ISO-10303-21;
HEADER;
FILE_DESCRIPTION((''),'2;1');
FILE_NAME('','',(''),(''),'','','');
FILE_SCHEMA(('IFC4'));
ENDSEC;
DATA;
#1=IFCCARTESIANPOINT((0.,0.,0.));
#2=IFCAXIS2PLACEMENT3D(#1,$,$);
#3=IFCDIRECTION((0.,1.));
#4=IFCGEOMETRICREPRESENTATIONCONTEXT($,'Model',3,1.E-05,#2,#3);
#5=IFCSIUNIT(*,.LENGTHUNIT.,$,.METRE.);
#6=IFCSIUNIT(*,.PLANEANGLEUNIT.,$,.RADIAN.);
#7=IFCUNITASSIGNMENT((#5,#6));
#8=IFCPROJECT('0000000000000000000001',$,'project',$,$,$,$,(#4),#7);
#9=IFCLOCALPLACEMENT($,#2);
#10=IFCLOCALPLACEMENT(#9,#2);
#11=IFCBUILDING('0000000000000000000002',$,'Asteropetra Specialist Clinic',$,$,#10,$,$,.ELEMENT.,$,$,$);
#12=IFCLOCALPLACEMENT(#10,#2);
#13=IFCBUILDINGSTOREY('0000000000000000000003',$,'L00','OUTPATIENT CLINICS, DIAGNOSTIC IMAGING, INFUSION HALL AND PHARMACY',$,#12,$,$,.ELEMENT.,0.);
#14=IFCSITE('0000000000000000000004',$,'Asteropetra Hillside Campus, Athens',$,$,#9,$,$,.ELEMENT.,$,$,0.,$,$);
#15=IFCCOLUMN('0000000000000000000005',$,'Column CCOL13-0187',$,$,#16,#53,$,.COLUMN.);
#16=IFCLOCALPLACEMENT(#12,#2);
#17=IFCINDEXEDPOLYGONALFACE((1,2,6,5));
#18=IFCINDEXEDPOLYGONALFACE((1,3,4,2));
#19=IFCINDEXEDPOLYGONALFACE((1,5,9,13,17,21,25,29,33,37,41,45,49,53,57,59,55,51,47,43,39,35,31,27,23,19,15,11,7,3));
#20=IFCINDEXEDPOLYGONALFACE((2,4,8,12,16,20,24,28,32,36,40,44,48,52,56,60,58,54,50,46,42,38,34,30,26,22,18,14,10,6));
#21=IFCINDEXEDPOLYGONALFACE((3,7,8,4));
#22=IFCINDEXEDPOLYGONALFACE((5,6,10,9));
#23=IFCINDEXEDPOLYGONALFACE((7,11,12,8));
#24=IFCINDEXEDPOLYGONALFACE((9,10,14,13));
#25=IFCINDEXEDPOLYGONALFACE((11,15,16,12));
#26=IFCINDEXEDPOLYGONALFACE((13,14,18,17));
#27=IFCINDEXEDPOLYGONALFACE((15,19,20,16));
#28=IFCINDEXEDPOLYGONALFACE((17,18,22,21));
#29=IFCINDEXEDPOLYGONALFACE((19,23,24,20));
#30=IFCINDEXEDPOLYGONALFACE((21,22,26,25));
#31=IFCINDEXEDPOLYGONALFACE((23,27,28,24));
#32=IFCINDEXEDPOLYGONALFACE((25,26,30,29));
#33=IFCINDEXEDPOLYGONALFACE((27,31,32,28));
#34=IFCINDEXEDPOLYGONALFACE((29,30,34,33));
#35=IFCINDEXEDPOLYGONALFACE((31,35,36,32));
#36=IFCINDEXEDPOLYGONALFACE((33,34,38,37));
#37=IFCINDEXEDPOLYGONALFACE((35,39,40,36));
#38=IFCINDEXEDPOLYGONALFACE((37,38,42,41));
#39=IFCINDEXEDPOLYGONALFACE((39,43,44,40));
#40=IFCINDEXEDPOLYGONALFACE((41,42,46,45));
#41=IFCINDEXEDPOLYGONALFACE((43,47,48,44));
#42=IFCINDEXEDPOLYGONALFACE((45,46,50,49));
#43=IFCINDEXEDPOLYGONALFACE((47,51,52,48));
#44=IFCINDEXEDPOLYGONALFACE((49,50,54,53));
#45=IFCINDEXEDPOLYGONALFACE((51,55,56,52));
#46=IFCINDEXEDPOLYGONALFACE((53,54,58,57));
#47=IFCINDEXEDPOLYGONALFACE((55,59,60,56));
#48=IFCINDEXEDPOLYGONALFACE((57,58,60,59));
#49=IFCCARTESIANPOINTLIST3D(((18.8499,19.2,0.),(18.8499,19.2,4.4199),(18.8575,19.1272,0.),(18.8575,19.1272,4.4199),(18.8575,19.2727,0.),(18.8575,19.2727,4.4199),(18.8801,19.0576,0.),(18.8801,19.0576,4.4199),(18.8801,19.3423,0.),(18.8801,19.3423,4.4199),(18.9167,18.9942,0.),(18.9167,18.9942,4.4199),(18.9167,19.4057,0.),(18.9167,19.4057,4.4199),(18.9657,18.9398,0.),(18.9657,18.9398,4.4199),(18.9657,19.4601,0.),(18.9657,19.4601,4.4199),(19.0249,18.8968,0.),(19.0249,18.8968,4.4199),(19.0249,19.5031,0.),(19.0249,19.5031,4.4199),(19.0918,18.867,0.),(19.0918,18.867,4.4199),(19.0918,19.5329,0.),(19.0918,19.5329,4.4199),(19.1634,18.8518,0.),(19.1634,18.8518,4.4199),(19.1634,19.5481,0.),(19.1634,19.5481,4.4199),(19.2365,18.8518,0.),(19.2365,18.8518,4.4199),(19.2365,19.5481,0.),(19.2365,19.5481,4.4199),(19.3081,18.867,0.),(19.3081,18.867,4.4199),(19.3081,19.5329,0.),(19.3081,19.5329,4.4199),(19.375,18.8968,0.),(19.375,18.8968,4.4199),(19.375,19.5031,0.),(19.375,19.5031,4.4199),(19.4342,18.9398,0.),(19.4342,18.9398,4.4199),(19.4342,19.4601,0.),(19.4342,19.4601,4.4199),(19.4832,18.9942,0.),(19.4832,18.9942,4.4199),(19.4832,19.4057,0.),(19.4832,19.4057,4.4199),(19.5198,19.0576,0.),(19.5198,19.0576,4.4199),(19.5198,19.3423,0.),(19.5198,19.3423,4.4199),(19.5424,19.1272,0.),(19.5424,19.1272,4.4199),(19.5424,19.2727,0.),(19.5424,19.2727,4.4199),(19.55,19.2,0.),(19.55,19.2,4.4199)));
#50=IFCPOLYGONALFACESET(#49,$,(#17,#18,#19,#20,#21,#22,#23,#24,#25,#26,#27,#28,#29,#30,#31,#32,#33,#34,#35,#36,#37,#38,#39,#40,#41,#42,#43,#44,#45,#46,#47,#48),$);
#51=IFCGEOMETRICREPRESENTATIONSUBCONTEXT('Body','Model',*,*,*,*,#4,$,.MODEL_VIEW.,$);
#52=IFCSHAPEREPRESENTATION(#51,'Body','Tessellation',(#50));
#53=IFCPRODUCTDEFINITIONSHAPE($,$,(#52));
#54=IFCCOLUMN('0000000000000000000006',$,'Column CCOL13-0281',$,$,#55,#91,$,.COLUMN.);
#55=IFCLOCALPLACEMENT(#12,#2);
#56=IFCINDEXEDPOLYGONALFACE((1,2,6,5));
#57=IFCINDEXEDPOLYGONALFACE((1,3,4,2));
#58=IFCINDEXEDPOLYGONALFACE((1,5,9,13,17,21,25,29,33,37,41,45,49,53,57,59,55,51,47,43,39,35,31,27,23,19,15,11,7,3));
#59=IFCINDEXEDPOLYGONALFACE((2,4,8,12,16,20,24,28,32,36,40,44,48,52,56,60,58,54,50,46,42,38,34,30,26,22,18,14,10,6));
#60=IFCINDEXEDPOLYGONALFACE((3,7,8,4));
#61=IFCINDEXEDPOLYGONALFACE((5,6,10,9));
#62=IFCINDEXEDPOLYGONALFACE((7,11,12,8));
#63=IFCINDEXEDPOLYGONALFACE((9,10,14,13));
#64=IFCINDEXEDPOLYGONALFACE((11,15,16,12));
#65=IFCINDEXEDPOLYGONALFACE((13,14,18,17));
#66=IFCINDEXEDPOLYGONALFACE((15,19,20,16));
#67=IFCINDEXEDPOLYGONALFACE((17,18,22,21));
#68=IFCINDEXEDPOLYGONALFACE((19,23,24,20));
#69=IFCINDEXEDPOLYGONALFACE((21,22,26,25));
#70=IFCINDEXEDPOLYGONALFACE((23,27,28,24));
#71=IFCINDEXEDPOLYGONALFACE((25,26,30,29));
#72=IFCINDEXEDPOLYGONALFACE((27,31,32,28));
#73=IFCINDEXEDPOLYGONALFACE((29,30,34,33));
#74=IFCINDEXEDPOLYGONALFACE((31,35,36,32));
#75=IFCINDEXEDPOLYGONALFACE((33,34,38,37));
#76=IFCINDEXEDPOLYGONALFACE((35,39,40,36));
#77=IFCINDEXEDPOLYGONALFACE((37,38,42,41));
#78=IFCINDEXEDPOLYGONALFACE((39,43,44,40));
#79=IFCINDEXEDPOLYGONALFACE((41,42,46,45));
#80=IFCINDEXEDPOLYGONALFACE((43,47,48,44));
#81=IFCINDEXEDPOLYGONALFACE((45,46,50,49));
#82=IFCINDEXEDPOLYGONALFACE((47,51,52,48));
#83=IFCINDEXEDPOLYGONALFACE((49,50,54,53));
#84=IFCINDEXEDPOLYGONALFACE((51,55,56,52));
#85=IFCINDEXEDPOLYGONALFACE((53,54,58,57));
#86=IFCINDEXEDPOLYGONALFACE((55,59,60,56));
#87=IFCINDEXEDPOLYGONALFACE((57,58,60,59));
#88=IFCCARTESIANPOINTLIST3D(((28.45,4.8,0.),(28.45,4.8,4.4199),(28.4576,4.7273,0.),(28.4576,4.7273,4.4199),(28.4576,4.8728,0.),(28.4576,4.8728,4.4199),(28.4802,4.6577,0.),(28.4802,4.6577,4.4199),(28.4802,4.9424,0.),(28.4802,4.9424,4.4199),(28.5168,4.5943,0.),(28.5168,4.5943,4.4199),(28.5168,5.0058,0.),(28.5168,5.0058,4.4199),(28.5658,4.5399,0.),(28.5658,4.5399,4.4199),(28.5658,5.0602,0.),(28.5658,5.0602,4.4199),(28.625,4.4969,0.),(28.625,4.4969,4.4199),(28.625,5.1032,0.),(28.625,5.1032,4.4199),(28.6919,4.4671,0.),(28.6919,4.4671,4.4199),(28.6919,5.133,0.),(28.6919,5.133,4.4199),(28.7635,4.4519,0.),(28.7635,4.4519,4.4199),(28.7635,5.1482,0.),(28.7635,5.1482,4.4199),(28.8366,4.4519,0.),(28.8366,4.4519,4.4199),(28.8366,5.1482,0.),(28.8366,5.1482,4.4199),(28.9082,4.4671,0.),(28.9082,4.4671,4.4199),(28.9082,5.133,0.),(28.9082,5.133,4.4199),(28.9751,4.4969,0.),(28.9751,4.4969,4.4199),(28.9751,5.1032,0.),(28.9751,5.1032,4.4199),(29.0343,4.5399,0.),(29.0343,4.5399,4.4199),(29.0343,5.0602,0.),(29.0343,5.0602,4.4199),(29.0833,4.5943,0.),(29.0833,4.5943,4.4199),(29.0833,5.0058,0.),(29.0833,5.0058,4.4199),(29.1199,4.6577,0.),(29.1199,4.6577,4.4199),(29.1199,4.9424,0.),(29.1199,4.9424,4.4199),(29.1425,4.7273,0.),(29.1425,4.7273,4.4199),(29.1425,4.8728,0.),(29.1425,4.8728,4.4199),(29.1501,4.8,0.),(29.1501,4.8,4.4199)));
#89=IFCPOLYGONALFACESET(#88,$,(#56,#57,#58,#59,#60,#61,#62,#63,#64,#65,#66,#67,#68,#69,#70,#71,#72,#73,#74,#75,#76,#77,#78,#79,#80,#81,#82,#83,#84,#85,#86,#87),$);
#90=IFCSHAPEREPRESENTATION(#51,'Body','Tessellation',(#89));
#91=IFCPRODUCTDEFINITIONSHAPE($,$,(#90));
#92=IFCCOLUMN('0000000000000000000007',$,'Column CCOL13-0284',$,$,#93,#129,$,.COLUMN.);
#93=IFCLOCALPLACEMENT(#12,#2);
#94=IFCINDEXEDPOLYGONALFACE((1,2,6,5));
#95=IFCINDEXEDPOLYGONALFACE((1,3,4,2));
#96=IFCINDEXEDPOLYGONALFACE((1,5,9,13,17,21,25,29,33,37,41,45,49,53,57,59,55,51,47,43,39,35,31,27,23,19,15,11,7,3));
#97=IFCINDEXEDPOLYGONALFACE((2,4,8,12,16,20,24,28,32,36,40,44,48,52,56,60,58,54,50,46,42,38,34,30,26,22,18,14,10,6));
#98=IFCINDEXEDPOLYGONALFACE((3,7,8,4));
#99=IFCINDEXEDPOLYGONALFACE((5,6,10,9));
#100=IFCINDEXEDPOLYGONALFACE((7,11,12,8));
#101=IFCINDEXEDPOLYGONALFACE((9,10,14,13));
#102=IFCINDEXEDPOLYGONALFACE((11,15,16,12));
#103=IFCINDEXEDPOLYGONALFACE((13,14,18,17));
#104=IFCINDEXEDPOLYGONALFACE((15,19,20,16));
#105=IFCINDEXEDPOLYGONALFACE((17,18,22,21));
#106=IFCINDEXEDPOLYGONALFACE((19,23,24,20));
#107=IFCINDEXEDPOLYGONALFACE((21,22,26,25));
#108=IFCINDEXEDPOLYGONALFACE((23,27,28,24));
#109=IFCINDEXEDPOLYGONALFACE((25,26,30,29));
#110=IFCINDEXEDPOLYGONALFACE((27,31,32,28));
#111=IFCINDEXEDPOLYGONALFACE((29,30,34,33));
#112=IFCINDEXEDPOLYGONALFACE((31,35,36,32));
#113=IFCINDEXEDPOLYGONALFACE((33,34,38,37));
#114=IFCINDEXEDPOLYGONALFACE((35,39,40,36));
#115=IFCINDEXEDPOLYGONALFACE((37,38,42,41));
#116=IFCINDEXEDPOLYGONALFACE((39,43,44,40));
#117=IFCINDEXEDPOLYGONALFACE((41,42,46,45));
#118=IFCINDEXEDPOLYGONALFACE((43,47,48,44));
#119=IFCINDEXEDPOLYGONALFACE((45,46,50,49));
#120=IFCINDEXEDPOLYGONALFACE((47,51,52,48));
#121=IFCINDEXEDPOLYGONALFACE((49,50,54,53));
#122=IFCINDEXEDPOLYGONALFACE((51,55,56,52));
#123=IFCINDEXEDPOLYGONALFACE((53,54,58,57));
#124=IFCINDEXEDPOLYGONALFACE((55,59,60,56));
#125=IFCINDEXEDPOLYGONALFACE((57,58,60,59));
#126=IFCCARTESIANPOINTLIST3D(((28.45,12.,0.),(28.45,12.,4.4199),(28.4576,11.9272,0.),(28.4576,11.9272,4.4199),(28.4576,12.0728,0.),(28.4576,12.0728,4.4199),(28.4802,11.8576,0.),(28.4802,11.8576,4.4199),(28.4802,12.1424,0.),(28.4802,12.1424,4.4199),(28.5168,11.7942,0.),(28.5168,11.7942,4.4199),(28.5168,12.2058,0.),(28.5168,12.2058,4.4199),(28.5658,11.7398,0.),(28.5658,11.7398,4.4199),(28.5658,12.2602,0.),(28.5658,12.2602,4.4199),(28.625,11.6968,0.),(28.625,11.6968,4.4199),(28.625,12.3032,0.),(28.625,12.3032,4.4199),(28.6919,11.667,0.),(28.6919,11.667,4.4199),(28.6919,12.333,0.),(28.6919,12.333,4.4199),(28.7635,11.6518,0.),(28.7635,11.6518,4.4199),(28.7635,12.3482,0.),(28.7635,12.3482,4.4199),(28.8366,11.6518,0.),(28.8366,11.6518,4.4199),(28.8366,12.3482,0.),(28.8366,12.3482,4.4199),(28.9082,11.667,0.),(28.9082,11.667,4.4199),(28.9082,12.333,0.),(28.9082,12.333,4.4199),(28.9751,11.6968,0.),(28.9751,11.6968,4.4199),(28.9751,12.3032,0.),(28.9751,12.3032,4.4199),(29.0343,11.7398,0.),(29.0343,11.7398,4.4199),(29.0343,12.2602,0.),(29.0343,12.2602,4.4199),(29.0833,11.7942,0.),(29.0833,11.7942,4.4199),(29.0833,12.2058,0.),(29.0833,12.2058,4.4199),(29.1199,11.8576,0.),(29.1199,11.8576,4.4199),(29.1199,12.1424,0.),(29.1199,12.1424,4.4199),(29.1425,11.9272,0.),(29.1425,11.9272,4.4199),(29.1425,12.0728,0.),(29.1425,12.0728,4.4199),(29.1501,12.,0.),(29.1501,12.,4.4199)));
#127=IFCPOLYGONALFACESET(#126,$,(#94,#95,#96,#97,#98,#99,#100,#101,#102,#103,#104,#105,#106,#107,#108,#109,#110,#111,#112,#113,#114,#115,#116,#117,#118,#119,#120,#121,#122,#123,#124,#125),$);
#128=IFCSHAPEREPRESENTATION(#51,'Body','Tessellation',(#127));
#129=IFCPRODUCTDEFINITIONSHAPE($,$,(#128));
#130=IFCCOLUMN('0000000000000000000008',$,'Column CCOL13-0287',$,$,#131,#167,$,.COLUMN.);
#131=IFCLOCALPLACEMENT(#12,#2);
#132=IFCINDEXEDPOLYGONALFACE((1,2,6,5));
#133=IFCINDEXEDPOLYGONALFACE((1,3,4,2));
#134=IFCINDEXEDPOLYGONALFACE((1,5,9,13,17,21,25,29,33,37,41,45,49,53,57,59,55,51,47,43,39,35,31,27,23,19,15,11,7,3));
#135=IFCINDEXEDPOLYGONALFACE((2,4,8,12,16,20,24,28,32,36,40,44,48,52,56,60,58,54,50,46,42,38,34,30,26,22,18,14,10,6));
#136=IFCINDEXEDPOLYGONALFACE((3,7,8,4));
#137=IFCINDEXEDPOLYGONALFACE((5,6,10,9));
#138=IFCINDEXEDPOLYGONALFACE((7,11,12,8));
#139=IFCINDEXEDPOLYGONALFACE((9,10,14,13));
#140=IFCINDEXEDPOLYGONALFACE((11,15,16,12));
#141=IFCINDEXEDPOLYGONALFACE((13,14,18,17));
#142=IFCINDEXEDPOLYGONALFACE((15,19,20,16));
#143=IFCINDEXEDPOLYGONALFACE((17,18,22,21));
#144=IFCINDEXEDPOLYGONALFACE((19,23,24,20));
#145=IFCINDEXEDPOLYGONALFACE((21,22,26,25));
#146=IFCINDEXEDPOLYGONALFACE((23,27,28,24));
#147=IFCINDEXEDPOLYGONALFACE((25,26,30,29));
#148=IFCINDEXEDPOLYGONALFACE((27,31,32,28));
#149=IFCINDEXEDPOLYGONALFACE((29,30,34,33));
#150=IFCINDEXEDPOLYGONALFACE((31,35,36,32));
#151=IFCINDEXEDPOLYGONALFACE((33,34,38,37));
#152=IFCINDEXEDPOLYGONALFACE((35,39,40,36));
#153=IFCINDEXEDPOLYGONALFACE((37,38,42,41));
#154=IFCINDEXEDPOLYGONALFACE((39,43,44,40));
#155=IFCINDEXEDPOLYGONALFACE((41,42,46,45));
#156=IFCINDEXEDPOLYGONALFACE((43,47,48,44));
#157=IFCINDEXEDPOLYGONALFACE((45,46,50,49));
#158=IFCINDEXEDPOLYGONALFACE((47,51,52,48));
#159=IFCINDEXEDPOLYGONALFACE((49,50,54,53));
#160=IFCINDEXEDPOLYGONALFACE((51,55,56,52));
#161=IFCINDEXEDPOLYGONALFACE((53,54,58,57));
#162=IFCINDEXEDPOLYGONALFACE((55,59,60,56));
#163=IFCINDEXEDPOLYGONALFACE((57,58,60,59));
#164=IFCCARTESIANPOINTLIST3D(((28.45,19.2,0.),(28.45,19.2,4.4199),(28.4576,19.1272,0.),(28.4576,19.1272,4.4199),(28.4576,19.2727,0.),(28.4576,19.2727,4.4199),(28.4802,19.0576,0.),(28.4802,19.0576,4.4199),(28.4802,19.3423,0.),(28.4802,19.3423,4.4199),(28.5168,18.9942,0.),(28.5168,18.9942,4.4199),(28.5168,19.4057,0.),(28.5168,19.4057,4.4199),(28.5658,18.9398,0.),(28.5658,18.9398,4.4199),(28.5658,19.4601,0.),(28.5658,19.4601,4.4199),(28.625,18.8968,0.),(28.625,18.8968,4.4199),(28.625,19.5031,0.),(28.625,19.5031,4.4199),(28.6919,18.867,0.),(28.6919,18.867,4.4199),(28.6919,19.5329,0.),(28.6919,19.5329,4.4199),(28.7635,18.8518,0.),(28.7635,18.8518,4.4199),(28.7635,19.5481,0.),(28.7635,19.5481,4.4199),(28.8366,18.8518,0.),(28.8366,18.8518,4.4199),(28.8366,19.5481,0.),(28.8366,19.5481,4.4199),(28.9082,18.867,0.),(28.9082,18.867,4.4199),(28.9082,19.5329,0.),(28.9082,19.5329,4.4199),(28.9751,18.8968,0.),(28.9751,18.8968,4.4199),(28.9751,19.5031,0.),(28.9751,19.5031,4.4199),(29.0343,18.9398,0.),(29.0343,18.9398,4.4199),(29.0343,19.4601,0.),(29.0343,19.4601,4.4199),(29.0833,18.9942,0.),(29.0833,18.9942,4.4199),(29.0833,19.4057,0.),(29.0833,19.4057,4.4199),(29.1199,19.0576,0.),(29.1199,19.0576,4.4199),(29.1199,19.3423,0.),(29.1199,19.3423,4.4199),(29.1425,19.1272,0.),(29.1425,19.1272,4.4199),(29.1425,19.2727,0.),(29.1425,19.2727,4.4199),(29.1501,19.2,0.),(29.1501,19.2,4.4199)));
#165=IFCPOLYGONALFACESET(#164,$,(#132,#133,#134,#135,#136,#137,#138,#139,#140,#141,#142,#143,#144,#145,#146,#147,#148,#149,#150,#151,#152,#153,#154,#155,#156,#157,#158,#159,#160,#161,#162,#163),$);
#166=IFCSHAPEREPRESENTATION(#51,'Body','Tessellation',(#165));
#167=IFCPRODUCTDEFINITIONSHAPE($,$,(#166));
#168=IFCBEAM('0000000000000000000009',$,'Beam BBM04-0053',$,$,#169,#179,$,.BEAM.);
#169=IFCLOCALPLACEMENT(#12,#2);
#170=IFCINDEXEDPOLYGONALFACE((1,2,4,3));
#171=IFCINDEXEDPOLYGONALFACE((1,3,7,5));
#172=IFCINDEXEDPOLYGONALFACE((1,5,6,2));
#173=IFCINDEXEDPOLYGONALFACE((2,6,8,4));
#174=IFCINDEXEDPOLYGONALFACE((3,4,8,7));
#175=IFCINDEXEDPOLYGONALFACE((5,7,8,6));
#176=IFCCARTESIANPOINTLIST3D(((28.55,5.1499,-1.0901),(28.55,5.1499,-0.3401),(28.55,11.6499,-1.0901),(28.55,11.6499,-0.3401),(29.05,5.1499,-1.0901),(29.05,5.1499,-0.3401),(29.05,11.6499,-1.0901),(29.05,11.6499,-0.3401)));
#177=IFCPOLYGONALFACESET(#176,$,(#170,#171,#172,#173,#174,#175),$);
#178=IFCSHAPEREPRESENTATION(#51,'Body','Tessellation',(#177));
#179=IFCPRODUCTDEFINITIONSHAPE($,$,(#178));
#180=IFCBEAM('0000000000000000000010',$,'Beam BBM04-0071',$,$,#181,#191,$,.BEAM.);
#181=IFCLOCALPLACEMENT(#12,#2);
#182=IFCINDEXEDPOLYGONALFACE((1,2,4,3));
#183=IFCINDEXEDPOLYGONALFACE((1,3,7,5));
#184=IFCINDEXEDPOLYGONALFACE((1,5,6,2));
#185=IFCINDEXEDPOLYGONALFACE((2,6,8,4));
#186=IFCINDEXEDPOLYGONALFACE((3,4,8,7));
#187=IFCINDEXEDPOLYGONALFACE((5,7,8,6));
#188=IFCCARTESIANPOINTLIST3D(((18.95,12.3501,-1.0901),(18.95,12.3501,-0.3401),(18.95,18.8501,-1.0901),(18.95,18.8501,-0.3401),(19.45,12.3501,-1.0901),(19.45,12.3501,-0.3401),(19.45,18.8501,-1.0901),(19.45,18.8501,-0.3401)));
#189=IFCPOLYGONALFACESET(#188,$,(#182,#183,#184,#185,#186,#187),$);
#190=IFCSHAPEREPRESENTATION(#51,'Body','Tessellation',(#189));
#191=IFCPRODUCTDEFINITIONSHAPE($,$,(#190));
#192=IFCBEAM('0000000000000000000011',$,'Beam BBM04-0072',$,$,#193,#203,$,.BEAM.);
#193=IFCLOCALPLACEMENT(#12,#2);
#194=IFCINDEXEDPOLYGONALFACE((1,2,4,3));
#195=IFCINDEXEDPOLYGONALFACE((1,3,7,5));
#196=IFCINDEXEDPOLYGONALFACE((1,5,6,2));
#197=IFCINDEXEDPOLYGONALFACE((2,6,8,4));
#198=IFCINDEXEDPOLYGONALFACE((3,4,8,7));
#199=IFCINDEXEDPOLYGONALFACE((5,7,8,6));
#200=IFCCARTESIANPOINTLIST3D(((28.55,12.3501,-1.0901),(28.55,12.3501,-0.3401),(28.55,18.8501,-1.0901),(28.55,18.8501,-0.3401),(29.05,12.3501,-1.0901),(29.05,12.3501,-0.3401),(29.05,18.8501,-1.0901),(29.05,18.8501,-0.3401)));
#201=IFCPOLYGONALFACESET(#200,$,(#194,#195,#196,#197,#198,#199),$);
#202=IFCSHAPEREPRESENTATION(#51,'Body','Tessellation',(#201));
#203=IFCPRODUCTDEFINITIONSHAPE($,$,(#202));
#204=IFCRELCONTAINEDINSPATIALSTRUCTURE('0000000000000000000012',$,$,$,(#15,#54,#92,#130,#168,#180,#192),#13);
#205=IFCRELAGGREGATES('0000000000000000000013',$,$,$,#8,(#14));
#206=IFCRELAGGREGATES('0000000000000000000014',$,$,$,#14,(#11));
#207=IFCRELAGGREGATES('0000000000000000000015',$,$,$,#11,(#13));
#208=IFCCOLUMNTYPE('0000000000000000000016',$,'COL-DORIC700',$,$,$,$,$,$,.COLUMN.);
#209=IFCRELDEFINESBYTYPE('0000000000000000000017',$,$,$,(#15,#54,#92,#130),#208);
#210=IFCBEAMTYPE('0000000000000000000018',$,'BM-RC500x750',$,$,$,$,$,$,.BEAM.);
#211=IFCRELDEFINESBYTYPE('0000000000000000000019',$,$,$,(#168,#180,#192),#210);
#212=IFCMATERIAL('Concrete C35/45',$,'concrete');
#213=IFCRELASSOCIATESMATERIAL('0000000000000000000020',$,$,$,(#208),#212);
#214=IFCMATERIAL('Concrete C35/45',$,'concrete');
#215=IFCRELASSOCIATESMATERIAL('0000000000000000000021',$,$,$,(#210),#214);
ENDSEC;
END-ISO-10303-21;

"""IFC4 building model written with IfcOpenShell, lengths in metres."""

from ifc_helpers import new_model, si_unit, direction, frame, origin, origin_2d, place, context, subcontext, project, spatial, rectangle, circle, extrude, material, material_profile, profile_set, type_object, element, save


model = new_model("IFC4")

# Units and contexts
model_context = context("Model", 3, precision=1e-05, world=origin(), true_north=direction((0.0, 1.0)))
body_context = subcontext(model_context, "Body", "Model", "MODEL_VIEW")
ifc_project = project(units=[si_unit("LENGTHUNIT", "METRE"), si_unit("PLANEANGLEUNIT", "RADIAN")], contexts=[model_context])

# Site, building, storey
site_placement = place(None, origin())
site = spatial("IfcSite", under=ifc_project, at=site_placement, Name="Asteropetra Hillside Campus, Athens", CompositionType="ELEMENT", RefElevation=0.0)
building_placement = place(site_placement, origin())
building = spatial("IfcBuilding", under=site, at=building_placement, Name="Asteropetra Specialist Clinic", CompositionType="ELEMENT")
storey_placement = place(building_placement, origin())
storey = spatial("IfcBuildingStorey", under=building, at=storey_placement, Name="L00", Description="OUTPATIENT CLINICS, DIAGNOSTIC IMAGING, INFUSION HALL AND PHARMACY", CompositionType="ELEMENT", Elevation=0.0)

# Columns
ifc_material_1 = material(Name="Concrete C35/45", Category="concrete")
ifc_material_profile_1 = material_profile(ifc_material_1, circle(Radius=0.3501, at=origin_2d()), Name="RCC D700")
ifc_profile_set_1 = profile_set([ifc_material_profile_1], Name="Concrete C35/45")
column_type = type_object("IfcColumnType", Name="COL-DORIC700", PredefinedType="COLUMN", material=ifc_profile_set_1)
for number, where, z_axis, x_axis, name in (
    (1, (19.2, 19.2, 0.0), (0.0, 0.0, 1.0), (1.0, 0.0, 0.0), "Column CCOL13-0187"),
    (2, (28.8, 4.8, 0.0), (0.0, 0.0, 1.0), (1.0, 0.0, 0.0), "Column CCOL13-0281"),
    (3, (28.8, 12.0, 0.0), (0.0, 0.0, 1.0), (1.0, 0.0, 0.0), "Column CCOL13-0284"),
    (4, (28.8, 19.2, 0.0), (0.0, 0.0, 1.0), (1.0, 0.0, 0.0), "Column CCOL13-0287"),
):
    element("IfcColumn", number, at=place(storey_placement, frame(where, z_axis=z_axis, x_axis=x_axis)), inside=storey, type_object=column_type, Name=name, PredefinedType="COLUMN", context=body_context, shape_type="SweptSolid", body=[
        extrude(circle(Radius=0.3501, at=origin_2d()), origin(), (0.0, 0.0, 1.0), 4.4199),
    ])

# Beams
ifc_material_2 = material(Name="Concrete C35/45", Category="concrete")
ifc_material_profile_2 = material_profile(ifc_material_2, rectangle(XDim=0.5, YDim=0.75, at=origin_2d()), Name="RCB 500x750")
ifc_profile_set_2 = profile_set([ifc_material_profile_2], Name="Concrete C35/45")
beam_type_1 = type_object("IfcBeamType", Name="BM-RC500x750", PredefinedType="BEAM", material=ifc_profile_set_2)
for number, where, z_axis, x_axis, name in (
    (5, (28.8, 5.1499, -0.7151), (0.0, 1.0, 0.0), (-1.0, 0.0, 0.0), "Beam BBM04-0053"),
    (6, (19.2, 12.3501, -0.7151), (0.0, 1.0, 0.0), (-1.0, 0.0, 0.0), "Beam BBM04-0071"),
    (7, (28.8, 12.3501, -0.7151), (0.0, 1.0, 0.0), (-1.0, 0.0, 0.0), "Beam BBM04-0072"),
):
    element("IfcBeam", number, at=place(storey_placement, frame(where, z_axis=z_axis, x_axis=x_axis)), inside=storey, type_object=beam_type_1, Name=name, PredefinedType="BEAM", context=body_context, shape_type="SweptSolid", body=[
        extrude(rectangle(XDim=0.5, YDim=0.75, at=origin_2d()), origin(), (0.0, 0.0, 1.0), 6.5),
    ])

save(model, "model.ifc")
